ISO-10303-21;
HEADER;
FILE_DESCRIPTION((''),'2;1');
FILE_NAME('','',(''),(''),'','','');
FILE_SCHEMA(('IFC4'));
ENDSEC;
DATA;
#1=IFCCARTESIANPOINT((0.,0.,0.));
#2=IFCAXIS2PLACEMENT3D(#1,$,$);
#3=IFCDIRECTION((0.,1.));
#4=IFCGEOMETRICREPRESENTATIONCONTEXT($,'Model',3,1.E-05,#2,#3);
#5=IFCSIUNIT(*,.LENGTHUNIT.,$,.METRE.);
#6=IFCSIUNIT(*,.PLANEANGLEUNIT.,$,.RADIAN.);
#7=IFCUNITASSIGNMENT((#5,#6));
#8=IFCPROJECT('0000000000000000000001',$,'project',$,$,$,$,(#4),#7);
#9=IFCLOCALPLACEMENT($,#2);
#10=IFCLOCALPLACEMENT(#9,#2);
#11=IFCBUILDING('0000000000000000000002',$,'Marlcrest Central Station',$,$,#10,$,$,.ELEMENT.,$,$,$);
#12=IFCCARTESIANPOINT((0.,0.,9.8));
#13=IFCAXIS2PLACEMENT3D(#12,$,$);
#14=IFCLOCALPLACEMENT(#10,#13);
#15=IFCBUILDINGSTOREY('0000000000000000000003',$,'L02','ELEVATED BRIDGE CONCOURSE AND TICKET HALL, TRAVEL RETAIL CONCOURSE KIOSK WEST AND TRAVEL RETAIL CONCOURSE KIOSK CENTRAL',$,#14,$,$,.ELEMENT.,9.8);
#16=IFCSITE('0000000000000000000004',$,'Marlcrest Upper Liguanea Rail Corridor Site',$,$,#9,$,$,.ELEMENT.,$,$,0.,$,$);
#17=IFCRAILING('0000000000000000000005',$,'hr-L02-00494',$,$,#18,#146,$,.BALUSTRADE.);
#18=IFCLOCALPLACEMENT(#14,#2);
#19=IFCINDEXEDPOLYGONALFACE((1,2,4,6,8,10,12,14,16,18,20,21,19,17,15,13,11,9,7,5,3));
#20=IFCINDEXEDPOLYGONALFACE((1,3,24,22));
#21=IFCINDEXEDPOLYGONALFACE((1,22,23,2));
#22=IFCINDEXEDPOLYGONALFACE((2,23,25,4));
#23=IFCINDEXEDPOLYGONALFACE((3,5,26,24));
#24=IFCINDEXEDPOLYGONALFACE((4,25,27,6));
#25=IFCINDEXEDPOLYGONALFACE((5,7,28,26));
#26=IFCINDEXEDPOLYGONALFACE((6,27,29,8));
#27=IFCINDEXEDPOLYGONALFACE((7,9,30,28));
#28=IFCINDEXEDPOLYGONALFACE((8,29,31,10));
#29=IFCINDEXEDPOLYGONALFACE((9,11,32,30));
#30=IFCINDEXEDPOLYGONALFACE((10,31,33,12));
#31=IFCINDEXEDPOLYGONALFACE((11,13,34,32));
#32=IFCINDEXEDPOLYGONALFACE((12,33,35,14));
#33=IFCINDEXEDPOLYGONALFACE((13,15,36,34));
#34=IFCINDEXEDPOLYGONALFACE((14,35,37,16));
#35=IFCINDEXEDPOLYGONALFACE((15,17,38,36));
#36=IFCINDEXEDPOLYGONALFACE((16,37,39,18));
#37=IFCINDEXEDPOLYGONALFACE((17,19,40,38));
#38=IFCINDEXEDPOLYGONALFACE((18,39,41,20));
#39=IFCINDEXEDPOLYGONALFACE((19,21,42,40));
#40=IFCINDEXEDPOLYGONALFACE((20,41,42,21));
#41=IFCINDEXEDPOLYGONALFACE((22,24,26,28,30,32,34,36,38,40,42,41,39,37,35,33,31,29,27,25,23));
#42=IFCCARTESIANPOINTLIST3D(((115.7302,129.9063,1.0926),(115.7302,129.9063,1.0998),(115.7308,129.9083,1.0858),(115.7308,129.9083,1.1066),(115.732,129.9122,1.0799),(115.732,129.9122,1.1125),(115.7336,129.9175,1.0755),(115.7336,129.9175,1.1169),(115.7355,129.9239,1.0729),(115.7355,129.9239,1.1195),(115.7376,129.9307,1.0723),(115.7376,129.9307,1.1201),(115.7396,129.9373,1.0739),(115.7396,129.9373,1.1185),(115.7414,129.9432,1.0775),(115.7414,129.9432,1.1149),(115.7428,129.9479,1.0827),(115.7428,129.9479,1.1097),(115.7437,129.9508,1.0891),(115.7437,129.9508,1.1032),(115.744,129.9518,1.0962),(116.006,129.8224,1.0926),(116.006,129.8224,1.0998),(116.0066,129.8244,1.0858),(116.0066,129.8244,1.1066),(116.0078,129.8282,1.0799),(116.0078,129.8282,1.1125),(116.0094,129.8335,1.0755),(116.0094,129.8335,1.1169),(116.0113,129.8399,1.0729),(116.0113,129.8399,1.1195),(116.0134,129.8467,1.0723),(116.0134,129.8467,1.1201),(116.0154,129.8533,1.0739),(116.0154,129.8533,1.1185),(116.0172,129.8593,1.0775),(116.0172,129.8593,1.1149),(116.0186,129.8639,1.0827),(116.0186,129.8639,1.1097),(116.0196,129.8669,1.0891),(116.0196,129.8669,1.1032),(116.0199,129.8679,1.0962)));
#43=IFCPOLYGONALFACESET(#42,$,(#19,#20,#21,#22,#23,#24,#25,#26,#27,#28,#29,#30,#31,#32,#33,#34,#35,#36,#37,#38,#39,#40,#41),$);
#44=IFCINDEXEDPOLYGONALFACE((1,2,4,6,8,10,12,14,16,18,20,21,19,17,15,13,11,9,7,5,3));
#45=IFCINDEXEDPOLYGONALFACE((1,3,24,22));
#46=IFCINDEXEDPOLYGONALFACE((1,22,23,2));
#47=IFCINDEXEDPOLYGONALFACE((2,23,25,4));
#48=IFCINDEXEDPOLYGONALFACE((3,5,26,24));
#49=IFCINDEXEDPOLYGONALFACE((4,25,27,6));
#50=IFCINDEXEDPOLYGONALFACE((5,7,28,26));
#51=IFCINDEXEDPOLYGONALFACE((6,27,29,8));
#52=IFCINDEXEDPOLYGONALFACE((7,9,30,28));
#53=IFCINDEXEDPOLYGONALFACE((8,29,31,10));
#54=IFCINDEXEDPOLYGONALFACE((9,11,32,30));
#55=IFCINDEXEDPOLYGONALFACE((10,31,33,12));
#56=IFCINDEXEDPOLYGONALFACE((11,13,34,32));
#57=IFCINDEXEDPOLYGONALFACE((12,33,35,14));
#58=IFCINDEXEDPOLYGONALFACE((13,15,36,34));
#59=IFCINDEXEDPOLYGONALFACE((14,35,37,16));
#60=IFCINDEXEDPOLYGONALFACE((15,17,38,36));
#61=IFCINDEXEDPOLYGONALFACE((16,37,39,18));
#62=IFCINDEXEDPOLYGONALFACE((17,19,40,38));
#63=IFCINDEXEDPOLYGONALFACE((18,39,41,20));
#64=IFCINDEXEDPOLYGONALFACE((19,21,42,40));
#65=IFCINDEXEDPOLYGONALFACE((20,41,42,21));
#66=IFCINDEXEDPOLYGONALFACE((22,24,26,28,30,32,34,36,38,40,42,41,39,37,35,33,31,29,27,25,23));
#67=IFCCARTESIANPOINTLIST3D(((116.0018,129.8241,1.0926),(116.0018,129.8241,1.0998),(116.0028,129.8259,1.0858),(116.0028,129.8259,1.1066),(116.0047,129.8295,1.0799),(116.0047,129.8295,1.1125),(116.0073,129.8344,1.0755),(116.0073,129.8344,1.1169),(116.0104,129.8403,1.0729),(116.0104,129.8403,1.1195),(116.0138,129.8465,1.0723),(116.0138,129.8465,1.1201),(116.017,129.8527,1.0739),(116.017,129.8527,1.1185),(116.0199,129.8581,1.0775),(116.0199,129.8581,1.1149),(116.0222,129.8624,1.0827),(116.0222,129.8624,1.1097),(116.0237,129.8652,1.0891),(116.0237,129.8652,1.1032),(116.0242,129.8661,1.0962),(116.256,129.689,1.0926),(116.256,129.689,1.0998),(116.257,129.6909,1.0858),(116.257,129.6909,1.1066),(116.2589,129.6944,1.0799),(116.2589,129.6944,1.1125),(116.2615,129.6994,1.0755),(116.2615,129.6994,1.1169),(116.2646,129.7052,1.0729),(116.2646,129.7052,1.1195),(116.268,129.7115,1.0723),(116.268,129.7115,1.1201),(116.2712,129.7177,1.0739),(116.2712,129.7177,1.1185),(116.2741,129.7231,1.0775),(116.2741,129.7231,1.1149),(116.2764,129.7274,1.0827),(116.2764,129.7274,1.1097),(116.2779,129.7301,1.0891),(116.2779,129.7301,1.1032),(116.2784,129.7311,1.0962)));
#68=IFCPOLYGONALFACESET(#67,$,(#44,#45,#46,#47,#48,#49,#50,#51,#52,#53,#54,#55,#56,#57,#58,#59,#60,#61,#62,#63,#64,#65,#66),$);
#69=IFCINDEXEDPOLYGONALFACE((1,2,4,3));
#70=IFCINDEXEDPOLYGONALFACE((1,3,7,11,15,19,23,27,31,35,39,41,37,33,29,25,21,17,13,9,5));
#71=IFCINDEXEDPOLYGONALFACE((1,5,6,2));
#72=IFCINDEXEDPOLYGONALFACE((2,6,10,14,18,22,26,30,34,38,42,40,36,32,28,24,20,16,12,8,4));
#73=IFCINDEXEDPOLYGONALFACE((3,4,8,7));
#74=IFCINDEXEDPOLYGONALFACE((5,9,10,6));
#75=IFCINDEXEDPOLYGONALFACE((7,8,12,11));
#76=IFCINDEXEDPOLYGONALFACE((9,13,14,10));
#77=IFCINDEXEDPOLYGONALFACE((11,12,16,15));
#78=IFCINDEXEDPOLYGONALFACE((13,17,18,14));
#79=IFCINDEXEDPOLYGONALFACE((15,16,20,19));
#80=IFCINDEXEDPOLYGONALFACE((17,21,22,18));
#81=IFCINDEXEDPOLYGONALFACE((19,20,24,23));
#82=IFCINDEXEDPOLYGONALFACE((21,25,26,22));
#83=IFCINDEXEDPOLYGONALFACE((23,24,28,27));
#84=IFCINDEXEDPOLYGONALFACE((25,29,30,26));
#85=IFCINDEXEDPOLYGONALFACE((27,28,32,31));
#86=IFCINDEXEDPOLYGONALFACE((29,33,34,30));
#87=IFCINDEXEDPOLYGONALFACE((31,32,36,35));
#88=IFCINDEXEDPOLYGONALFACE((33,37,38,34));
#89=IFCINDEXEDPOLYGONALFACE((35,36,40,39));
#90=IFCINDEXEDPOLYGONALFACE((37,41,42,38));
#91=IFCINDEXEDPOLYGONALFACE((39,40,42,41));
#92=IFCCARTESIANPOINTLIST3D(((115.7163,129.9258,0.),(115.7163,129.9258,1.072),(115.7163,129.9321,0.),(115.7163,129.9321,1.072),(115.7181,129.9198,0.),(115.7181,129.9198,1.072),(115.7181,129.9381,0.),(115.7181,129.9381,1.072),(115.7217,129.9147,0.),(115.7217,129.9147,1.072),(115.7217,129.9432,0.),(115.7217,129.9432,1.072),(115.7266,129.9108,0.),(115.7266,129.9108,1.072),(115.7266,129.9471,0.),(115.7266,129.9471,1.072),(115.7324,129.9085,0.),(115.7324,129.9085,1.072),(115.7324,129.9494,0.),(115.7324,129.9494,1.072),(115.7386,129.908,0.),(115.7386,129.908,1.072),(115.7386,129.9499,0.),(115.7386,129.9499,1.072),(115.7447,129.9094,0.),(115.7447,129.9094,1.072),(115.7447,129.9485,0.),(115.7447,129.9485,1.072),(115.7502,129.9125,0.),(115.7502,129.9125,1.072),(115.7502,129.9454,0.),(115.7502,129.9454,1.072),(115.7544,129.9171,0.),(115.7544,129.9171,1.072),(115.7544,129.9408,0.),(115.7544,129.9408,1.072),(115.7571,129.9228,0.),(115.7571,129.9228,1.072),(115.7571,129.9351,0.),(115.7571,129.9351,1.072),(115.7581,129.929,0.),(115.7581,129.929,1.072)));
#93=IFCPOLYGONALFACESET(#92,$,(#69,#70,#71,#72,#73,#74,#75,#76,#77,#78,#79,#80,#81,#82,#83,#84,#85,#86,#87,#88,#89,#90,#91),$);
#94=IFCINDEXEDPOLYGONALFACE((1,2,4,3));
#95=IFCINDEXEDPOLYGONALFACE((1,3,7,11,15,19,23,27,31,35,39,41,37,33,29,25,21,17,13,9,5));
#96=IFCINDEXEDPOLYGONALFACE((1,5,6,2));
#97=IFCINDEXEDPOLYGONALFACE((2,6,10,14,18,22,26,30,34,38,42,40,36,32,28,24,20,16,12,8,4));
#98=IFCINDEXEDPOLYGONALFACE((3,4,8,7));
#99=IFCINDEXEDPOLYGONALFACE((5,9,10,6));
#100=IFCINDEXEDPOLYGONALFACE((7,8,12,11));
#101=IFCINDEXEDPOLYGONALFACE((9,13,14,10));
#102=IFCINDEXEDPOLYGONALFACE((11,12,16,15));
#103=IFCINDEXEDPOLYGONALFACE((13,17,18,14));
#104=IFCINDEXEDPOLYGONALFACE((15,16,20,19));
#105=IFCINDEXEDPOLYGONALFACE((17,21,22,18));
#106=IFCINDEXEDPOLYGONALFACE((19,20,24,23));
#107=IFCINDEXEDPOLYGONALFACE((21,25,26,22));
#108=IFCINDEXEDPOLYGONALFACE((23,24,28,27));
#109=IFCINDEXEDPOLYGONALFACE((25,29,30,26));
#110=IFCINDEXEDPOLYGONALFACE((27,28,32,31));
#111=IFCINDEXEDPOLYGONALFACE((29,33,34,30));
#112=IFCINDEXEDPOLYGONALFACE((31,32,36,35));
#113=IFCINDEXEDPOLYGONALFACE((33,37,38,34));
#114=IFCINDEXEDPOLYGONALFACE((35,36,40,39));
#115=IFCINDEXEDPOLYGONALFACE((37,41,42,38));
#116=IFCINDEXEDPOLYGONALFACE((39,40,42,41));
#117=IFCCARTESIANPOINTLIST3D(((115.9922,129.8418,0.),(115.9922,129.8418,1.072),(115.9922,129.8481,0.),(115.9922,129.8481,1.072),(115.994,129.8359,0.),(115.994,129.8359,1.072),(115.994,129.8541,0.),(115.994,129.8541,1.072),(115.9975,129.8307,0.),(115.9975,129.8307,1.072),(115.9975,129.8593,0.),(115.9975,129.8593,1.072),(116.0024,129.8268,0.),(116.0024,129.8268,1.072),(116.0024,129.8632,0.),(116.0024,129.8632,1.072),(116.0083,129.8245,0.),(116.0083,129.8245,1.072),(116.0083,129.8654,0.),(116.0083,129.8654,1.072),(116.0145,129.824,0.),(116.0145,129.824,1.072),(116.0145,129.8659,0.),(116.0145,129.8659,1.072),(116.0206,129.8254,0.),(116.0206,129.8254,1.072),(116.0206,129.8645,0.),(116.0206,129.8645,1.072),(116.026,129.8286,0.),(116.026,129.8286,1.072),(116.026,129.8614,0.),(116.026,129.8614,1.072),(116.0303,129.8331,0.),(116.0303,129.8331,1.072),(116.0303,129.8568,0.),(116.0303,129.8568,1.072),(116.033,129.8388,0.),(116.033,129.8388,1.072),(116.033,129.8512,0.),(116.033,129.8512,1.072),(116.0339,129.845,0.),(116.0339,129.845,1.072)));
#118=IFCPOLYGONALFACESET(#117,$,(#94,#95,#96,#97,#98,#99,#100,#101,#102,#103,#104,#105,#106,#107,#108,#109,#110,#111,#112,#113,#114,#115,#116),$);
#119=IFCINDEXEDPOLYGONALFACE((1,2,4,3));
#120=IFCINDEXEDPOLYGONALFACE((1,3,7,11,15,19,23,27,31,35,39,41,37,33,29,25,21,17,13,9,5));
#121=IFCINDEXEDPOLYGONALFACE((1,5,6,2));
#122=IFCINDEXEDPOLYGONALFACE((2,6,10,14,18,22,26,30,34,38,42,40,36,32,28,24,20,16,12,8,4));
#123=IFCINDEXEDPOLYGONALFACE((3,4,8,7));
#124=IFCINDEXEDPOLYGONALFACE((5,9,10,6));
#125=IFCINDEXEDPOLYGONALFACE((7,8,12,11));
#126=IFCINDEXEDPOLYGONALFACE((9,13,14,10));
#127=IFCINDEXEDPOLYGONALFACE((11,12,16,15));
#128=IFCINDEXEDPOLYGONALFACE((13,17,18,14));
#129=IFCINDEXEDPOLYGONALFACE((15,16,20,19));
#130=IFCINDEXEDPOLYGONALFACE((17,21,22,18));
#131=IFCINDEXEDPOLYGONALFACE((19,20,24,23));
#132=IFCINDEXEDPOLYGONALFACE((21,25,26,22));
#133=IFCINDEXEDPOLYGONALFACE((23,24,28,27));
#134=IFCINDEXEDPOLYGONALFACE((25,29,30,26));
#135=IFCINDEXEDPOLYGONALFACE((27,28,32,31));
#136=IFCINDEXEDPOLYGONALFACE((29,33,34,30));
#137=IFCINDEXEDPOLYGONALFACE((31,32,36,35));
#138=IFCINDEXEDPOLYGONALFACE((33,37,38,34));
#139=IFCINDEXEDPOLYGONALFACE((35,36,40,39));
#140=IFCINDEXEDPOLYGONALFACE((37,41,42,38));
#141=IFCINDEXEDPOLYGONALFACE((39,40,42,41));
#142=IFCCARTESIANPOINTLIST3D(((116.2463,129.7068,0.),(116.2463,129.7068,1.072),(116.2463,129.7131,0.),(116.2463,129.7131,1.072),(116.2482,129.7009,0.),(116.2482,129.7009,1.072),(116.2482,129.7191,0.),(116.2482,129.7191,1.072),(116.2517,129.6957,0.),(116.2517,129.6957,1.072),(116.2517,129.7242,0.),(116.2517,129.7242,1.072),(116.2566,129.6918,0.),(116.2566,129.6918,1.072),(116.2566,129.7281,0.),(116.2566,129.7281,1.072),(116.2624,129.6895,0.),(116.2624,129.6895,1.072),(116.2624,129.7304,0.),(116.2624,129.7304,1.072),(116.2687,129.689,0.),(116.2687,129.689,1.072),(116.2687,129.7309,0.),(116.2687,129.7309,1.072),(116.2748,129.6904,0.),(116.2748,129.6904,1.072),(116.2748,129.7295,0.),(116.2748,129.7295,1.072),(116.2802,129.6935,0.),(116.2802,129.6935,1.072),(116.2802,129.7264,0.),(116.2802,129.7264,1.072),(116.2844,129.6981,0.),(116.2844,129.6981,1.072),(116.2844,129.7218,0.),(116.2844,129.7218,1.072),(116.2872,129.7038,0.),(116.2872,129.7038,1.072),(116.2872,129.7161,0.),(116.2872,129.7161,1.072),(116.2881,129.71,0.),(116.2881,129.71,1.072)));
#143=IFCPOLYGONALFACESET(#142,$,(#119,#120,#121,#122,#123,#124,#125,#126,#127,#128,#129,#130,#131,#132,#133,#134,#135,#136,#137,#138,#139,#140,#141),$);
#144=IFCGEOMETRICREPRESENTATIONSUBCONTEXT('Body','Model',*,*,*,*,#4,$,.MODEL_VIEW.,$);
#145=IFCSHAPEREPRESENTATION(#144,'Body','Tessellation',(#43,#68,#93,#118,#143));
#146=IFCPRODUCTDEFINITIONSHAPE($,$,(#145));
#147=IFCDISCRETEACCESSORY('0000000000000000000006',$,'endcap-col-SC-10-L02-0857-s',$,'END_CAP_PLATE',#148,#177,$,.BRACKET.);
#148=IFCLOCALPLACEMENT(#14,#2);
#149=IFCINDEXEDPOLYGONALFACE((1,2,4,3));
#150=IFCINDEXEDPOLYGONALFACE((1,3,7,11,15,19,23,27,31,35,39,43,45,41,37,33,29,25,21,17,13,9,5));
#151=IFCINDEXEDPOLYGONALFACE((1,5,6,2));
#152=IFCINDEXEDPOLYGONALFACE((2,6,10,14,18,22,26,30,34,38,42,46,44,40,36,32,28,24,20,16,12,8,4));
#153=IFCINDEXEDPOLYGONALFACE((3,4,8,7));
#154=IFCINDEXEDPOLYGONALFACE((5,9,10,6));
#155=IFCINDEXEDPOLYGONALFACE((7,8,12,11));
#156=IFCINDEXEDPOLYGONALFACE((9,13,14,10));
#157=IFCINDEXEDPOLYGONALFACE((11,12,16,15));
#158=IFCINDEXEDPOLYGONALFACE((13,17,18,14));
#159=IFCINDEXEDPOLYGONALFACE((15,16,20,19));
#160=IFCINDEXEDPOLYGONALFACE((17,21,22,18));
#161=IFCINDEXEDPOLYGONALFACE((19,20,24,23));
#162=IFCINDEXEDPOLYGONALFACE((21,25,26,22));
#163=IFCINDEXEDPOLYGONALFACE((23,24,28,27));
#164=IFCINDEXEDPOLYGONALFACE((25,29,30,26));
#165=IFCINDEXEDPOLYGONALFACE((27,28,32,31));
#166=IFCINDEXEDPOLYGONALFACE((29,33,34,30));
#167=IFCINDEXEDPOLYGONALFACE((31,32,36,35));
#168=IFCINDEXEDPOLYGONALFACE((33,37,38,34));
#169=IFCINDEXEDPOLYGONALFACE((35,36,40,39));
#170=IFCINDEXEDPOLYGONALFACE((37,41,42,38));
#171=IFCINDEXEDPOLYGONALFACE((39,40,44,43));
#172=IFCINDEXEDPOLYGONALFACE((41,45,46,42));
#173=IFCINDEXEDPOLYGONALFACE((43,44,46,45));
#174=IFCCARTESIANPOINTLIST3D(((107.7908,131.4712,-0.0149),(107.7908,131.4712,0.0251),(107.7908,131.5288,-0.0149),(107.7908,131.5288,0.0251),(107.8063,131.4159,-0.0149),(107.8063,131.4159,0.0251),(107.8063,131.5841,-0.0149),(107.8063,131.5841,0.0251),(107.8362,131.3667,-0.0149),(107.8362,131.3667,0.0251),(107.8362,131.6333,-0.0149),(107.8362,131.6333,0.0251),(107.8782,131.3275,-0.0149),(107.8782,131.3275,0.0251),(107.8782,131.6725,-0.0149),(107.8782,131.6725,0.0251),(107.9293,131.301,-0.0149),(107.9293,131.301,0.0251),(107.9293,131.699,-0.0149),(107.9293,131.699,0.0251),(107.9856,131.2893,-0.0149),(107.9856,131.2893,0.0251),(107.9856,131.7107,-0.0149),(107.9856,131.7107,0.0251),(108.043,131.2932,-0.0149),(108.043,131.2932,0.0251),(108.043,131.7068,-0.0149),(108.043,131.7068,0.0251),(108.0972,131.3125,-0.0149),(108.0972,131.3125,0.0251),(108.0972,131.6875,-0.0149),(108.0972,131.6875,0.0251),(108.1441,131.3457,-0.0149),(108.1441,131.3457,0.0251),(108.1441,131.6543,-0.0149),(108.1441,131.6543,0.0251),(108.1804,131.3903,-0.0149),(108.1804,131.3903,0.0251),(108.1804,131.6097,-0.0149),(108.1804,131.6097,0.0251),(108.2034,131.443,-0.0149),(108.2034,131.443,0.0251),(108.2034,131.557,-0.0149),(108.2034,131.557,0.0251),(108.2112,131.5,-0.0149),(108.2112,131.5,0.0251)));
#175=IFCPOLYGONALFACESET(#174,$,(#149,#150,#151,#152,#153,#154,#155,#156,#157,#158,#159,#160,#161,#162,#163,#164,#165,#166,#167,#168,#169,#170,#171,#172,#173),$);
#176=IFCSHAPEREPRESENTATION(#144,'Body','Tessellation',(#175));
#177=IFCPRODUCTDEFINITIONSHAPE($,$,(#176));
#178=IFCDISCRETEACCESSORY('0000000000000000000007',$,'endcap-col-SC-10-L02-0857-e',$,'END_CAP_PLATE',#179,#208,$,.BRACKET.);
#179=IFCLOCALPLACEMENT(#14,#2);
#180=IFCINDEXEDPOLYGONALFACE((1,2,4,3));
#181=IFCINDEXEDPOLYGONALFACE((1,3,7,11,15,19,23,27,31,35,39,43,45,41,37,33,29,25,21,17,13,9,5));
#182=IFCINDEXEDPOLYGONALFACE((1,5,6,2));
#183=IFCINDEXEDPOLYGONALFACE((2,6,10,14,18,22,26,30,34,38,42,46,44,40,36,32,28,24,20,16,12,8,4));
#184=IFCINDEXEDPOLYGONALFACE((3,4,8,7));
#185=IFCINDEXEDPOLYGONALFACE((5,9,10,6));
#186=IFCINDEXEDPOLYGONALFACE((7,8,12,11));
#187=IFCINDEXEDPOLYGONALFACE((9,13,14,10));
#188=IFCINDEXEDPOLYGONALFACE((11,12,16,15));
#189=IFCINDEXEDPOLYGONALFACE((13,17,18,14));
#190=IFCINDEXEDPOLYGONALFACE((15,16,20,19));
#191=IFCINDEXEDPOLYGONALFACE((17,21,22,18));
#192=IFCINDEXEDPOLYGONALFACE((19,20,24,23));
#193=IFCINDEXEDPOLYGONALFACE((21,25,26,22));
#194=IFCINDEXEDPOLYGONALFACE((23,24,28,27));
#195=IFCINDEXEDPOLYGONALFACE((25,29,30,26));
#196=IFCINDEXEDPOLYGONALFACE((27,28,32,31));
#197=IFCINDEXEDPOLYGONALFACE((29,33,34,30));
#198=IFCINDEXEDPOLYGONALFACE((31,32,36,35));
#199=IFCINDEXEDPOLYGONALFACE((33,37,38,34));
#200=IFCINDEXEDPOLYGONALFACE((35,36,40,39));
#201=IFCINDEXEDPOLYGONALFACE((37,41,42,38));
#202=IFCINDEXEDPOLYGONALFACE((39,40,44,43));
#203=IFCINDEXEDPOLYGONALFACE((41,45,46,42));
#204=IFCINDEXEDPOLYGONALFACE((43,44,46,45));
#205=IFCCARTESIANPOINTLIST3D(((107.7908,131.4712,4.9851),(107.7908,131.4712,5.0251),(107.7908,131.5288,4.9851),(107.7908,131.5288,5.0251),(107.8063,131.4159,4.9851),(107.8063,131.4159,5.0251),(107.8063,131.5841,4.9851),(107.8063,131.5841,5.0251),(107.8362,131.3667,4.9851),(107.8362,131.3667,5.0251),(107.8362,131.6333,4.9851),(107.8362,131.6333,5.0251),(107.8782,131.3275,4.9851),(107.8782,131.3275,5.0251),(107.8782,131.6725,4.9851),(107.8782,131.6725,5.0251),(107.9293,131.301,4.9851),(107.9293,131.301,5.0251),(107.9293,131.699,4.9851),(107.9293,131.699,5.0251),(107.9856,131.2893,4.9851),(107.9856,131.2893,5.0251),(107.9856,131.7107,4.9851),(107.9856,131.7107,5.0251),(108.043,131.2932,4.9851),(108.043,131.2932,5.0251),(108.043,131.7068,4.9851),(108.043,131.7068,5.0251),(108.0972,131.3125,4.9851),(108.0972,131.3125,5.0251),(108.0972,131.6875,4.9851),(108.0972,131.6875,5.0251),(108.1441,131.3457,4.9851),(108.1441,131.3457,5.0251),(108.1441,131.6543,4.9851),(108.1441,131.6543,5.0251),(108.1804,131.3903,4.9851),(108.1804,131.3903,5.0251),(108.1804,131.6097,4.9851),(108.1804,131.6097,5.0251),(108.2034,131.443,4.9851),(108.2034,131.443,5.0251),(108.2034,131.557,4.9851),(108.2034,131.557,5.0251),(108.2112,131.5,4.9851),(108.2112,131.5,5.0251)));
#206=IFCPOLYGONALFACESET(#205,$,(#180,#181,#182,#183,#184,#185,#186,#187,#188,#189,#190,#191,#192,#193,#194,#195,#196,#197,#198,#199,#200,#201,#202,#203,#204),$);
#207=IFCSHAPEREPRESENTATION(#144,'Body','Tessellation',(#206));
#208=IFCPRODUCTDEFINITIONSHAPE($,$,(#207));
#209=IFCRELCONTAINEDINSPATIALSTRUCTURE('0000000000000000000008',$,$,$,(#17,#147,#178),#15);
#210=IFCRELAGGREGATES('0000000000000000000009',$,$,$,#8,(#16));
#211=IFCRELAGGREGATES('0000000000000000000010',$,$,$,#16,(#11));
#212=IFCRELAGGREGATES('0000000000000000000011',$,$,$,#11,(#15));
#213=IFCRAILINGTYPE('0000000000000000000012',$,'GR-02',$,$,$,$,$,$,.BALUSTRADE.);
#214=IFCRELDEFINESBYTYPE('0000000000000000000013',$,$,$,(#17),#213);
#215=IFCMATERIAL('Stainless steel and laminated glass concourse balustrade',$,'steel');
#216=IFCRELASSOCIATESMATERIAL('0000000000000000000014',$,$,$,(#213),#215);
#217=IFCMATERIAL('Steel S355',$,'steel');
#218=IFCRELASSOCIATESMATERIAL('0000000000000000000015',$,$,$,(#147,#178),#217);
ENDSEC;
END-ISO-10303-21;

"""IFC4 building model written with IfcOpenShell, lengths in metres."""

from ifc_helpers import new_model, si_unit, direction, frame, origin, origin_2d, place, context, subcontext, project, spatial, circle, extrude, material, type_object, element, save


model = new_model("IFC4")

# Units and contexts
model_context = context("Model", 3, precision=1e-05, world=origin(), true_north=direction((0.0, 1.0)))
body_context = subcontext(model_context, "Body", "Model", "MODEL_VIEW")
ifc_project = project(units=[si_unit("LENGTHUNIT", "METRE"), si_unit("PLANEANGLEUNIT", "RADIAN")], contexts=[model_context])

# Site, building, storey
site_placement = place(None, origin())
site = spatial("IfcSite", under=ifc_project, at=site_placement, Name="Marlcrest Upper Liguanea Rail Corridor Site", CompositionType="ELEMENT", RefElevation=0.0)
building_placement = place(site_placement, origin())
building = spatial("IfcBuilding", under=site, at=building_placement, Name="Marlcrest Central Station", CompositionType="ELEMENT")
storey_placement = place(building_placement, frame((0.0, 0.0, 9.8)))
storey = spatial("IfcBuildingStorey", under=building, at=storey_placement, Name="L02", Description="ELEVATED BRIDGE CONCOURSE AND TICKET HALL, TRAVEL RETAIL CONCOURSE KIOSK WEST AND TRAVEL RETAIL CONCOURSE KIOSK CENTRAL", CompositionType="ELEMENT", Elevation=9.8)

# Shared definitions
ifc_material_1 = material(Name="Steel S355", Category="steel")

# Railing
ifc_material_2 = material(Name="Stainless steel and laminated glass concourse balustrade", Category="steel")
railing_type = type_object("IfcRailingType", Name="GR-02", PredefinedType="BALUSTRADE", material=ifc_material_2)
railing_1_placement = place(storey_placement, frame((115.7371, 129.929, 0.0)))
element("IfcRailing", 1, at=railing_1_placement, inside=storey, type_object=railing_type, Name="hr-L02-00494", PredefinedType="BALUSTRADE", context=body_context, shape_type="SweptSolid", body=[
    extrude(circle(Radius=0.0239, at=origin_2d()), frame((0.0, 0.0, 1.0962), z_axis=(0.956653, -0.291229, 0.0), x_axis=(0.291229, 0.956653, 0.0)), (0.0, 0.0, 1.0), 0.2883),
    extrude(circle(Radius=0.0239, at=origin_2d()), frame((0.2759, -0.084, 1.0962), z_axis=(0.883127, -0.469135, 0.0), x_axis=(0.469135, 0.883127, 0.0)), (0.0, 0.0, 1.0), 0.2878),
    extrude(circle(Radius=0.021, at=origin_2d()), origin(), (0.0, 0.0, 1.0), 1.072),
    extrude(circle(Radius=0.021, at=origin_2d()), frame((0.2759, -0.084, 0.0)), (0.0, 0.0, 1.0), 1.072),
    extrude(circle(Radius=0.021, at=origin_2d()), frame((0.53, -0.219, 0.0)), (0.0, 0.0, 1.0), 1.072),
])

# Discrete accessories
for number, where, z_axis, x_axis, name in (
    (2, (108.0, 131.5, -0.0149), (0.0, 0.0, 1.0), (1.0, 0.0, 0.0), "endcap-col-SC-10-L02-0857-s"),
    (3, (108.0, 131.5, 4.9851), (0.0, 0.0, 1.0), (1.0, 0.0, 0.0), "endcap-col-SC-10-L02-0857-e"),
):
    element("IfcDiscreteAccessory", number, at=place(storey_placement, frame(where, z_axis=z_axis, x_axis=x_axis)), inside=storey, material=ifc_material_1, Name=name, ObjectType="END_CAP_PLATE", PredefinedType="BRACKET", context=body_context, shape_type="SweptSolid", body=[
        extrude(circle(Radius=0.2112, at=origin_2d()), origin(), (0.0, 0.0, 1.0), 0.04),
    ])

save(model, "model.ifc")
